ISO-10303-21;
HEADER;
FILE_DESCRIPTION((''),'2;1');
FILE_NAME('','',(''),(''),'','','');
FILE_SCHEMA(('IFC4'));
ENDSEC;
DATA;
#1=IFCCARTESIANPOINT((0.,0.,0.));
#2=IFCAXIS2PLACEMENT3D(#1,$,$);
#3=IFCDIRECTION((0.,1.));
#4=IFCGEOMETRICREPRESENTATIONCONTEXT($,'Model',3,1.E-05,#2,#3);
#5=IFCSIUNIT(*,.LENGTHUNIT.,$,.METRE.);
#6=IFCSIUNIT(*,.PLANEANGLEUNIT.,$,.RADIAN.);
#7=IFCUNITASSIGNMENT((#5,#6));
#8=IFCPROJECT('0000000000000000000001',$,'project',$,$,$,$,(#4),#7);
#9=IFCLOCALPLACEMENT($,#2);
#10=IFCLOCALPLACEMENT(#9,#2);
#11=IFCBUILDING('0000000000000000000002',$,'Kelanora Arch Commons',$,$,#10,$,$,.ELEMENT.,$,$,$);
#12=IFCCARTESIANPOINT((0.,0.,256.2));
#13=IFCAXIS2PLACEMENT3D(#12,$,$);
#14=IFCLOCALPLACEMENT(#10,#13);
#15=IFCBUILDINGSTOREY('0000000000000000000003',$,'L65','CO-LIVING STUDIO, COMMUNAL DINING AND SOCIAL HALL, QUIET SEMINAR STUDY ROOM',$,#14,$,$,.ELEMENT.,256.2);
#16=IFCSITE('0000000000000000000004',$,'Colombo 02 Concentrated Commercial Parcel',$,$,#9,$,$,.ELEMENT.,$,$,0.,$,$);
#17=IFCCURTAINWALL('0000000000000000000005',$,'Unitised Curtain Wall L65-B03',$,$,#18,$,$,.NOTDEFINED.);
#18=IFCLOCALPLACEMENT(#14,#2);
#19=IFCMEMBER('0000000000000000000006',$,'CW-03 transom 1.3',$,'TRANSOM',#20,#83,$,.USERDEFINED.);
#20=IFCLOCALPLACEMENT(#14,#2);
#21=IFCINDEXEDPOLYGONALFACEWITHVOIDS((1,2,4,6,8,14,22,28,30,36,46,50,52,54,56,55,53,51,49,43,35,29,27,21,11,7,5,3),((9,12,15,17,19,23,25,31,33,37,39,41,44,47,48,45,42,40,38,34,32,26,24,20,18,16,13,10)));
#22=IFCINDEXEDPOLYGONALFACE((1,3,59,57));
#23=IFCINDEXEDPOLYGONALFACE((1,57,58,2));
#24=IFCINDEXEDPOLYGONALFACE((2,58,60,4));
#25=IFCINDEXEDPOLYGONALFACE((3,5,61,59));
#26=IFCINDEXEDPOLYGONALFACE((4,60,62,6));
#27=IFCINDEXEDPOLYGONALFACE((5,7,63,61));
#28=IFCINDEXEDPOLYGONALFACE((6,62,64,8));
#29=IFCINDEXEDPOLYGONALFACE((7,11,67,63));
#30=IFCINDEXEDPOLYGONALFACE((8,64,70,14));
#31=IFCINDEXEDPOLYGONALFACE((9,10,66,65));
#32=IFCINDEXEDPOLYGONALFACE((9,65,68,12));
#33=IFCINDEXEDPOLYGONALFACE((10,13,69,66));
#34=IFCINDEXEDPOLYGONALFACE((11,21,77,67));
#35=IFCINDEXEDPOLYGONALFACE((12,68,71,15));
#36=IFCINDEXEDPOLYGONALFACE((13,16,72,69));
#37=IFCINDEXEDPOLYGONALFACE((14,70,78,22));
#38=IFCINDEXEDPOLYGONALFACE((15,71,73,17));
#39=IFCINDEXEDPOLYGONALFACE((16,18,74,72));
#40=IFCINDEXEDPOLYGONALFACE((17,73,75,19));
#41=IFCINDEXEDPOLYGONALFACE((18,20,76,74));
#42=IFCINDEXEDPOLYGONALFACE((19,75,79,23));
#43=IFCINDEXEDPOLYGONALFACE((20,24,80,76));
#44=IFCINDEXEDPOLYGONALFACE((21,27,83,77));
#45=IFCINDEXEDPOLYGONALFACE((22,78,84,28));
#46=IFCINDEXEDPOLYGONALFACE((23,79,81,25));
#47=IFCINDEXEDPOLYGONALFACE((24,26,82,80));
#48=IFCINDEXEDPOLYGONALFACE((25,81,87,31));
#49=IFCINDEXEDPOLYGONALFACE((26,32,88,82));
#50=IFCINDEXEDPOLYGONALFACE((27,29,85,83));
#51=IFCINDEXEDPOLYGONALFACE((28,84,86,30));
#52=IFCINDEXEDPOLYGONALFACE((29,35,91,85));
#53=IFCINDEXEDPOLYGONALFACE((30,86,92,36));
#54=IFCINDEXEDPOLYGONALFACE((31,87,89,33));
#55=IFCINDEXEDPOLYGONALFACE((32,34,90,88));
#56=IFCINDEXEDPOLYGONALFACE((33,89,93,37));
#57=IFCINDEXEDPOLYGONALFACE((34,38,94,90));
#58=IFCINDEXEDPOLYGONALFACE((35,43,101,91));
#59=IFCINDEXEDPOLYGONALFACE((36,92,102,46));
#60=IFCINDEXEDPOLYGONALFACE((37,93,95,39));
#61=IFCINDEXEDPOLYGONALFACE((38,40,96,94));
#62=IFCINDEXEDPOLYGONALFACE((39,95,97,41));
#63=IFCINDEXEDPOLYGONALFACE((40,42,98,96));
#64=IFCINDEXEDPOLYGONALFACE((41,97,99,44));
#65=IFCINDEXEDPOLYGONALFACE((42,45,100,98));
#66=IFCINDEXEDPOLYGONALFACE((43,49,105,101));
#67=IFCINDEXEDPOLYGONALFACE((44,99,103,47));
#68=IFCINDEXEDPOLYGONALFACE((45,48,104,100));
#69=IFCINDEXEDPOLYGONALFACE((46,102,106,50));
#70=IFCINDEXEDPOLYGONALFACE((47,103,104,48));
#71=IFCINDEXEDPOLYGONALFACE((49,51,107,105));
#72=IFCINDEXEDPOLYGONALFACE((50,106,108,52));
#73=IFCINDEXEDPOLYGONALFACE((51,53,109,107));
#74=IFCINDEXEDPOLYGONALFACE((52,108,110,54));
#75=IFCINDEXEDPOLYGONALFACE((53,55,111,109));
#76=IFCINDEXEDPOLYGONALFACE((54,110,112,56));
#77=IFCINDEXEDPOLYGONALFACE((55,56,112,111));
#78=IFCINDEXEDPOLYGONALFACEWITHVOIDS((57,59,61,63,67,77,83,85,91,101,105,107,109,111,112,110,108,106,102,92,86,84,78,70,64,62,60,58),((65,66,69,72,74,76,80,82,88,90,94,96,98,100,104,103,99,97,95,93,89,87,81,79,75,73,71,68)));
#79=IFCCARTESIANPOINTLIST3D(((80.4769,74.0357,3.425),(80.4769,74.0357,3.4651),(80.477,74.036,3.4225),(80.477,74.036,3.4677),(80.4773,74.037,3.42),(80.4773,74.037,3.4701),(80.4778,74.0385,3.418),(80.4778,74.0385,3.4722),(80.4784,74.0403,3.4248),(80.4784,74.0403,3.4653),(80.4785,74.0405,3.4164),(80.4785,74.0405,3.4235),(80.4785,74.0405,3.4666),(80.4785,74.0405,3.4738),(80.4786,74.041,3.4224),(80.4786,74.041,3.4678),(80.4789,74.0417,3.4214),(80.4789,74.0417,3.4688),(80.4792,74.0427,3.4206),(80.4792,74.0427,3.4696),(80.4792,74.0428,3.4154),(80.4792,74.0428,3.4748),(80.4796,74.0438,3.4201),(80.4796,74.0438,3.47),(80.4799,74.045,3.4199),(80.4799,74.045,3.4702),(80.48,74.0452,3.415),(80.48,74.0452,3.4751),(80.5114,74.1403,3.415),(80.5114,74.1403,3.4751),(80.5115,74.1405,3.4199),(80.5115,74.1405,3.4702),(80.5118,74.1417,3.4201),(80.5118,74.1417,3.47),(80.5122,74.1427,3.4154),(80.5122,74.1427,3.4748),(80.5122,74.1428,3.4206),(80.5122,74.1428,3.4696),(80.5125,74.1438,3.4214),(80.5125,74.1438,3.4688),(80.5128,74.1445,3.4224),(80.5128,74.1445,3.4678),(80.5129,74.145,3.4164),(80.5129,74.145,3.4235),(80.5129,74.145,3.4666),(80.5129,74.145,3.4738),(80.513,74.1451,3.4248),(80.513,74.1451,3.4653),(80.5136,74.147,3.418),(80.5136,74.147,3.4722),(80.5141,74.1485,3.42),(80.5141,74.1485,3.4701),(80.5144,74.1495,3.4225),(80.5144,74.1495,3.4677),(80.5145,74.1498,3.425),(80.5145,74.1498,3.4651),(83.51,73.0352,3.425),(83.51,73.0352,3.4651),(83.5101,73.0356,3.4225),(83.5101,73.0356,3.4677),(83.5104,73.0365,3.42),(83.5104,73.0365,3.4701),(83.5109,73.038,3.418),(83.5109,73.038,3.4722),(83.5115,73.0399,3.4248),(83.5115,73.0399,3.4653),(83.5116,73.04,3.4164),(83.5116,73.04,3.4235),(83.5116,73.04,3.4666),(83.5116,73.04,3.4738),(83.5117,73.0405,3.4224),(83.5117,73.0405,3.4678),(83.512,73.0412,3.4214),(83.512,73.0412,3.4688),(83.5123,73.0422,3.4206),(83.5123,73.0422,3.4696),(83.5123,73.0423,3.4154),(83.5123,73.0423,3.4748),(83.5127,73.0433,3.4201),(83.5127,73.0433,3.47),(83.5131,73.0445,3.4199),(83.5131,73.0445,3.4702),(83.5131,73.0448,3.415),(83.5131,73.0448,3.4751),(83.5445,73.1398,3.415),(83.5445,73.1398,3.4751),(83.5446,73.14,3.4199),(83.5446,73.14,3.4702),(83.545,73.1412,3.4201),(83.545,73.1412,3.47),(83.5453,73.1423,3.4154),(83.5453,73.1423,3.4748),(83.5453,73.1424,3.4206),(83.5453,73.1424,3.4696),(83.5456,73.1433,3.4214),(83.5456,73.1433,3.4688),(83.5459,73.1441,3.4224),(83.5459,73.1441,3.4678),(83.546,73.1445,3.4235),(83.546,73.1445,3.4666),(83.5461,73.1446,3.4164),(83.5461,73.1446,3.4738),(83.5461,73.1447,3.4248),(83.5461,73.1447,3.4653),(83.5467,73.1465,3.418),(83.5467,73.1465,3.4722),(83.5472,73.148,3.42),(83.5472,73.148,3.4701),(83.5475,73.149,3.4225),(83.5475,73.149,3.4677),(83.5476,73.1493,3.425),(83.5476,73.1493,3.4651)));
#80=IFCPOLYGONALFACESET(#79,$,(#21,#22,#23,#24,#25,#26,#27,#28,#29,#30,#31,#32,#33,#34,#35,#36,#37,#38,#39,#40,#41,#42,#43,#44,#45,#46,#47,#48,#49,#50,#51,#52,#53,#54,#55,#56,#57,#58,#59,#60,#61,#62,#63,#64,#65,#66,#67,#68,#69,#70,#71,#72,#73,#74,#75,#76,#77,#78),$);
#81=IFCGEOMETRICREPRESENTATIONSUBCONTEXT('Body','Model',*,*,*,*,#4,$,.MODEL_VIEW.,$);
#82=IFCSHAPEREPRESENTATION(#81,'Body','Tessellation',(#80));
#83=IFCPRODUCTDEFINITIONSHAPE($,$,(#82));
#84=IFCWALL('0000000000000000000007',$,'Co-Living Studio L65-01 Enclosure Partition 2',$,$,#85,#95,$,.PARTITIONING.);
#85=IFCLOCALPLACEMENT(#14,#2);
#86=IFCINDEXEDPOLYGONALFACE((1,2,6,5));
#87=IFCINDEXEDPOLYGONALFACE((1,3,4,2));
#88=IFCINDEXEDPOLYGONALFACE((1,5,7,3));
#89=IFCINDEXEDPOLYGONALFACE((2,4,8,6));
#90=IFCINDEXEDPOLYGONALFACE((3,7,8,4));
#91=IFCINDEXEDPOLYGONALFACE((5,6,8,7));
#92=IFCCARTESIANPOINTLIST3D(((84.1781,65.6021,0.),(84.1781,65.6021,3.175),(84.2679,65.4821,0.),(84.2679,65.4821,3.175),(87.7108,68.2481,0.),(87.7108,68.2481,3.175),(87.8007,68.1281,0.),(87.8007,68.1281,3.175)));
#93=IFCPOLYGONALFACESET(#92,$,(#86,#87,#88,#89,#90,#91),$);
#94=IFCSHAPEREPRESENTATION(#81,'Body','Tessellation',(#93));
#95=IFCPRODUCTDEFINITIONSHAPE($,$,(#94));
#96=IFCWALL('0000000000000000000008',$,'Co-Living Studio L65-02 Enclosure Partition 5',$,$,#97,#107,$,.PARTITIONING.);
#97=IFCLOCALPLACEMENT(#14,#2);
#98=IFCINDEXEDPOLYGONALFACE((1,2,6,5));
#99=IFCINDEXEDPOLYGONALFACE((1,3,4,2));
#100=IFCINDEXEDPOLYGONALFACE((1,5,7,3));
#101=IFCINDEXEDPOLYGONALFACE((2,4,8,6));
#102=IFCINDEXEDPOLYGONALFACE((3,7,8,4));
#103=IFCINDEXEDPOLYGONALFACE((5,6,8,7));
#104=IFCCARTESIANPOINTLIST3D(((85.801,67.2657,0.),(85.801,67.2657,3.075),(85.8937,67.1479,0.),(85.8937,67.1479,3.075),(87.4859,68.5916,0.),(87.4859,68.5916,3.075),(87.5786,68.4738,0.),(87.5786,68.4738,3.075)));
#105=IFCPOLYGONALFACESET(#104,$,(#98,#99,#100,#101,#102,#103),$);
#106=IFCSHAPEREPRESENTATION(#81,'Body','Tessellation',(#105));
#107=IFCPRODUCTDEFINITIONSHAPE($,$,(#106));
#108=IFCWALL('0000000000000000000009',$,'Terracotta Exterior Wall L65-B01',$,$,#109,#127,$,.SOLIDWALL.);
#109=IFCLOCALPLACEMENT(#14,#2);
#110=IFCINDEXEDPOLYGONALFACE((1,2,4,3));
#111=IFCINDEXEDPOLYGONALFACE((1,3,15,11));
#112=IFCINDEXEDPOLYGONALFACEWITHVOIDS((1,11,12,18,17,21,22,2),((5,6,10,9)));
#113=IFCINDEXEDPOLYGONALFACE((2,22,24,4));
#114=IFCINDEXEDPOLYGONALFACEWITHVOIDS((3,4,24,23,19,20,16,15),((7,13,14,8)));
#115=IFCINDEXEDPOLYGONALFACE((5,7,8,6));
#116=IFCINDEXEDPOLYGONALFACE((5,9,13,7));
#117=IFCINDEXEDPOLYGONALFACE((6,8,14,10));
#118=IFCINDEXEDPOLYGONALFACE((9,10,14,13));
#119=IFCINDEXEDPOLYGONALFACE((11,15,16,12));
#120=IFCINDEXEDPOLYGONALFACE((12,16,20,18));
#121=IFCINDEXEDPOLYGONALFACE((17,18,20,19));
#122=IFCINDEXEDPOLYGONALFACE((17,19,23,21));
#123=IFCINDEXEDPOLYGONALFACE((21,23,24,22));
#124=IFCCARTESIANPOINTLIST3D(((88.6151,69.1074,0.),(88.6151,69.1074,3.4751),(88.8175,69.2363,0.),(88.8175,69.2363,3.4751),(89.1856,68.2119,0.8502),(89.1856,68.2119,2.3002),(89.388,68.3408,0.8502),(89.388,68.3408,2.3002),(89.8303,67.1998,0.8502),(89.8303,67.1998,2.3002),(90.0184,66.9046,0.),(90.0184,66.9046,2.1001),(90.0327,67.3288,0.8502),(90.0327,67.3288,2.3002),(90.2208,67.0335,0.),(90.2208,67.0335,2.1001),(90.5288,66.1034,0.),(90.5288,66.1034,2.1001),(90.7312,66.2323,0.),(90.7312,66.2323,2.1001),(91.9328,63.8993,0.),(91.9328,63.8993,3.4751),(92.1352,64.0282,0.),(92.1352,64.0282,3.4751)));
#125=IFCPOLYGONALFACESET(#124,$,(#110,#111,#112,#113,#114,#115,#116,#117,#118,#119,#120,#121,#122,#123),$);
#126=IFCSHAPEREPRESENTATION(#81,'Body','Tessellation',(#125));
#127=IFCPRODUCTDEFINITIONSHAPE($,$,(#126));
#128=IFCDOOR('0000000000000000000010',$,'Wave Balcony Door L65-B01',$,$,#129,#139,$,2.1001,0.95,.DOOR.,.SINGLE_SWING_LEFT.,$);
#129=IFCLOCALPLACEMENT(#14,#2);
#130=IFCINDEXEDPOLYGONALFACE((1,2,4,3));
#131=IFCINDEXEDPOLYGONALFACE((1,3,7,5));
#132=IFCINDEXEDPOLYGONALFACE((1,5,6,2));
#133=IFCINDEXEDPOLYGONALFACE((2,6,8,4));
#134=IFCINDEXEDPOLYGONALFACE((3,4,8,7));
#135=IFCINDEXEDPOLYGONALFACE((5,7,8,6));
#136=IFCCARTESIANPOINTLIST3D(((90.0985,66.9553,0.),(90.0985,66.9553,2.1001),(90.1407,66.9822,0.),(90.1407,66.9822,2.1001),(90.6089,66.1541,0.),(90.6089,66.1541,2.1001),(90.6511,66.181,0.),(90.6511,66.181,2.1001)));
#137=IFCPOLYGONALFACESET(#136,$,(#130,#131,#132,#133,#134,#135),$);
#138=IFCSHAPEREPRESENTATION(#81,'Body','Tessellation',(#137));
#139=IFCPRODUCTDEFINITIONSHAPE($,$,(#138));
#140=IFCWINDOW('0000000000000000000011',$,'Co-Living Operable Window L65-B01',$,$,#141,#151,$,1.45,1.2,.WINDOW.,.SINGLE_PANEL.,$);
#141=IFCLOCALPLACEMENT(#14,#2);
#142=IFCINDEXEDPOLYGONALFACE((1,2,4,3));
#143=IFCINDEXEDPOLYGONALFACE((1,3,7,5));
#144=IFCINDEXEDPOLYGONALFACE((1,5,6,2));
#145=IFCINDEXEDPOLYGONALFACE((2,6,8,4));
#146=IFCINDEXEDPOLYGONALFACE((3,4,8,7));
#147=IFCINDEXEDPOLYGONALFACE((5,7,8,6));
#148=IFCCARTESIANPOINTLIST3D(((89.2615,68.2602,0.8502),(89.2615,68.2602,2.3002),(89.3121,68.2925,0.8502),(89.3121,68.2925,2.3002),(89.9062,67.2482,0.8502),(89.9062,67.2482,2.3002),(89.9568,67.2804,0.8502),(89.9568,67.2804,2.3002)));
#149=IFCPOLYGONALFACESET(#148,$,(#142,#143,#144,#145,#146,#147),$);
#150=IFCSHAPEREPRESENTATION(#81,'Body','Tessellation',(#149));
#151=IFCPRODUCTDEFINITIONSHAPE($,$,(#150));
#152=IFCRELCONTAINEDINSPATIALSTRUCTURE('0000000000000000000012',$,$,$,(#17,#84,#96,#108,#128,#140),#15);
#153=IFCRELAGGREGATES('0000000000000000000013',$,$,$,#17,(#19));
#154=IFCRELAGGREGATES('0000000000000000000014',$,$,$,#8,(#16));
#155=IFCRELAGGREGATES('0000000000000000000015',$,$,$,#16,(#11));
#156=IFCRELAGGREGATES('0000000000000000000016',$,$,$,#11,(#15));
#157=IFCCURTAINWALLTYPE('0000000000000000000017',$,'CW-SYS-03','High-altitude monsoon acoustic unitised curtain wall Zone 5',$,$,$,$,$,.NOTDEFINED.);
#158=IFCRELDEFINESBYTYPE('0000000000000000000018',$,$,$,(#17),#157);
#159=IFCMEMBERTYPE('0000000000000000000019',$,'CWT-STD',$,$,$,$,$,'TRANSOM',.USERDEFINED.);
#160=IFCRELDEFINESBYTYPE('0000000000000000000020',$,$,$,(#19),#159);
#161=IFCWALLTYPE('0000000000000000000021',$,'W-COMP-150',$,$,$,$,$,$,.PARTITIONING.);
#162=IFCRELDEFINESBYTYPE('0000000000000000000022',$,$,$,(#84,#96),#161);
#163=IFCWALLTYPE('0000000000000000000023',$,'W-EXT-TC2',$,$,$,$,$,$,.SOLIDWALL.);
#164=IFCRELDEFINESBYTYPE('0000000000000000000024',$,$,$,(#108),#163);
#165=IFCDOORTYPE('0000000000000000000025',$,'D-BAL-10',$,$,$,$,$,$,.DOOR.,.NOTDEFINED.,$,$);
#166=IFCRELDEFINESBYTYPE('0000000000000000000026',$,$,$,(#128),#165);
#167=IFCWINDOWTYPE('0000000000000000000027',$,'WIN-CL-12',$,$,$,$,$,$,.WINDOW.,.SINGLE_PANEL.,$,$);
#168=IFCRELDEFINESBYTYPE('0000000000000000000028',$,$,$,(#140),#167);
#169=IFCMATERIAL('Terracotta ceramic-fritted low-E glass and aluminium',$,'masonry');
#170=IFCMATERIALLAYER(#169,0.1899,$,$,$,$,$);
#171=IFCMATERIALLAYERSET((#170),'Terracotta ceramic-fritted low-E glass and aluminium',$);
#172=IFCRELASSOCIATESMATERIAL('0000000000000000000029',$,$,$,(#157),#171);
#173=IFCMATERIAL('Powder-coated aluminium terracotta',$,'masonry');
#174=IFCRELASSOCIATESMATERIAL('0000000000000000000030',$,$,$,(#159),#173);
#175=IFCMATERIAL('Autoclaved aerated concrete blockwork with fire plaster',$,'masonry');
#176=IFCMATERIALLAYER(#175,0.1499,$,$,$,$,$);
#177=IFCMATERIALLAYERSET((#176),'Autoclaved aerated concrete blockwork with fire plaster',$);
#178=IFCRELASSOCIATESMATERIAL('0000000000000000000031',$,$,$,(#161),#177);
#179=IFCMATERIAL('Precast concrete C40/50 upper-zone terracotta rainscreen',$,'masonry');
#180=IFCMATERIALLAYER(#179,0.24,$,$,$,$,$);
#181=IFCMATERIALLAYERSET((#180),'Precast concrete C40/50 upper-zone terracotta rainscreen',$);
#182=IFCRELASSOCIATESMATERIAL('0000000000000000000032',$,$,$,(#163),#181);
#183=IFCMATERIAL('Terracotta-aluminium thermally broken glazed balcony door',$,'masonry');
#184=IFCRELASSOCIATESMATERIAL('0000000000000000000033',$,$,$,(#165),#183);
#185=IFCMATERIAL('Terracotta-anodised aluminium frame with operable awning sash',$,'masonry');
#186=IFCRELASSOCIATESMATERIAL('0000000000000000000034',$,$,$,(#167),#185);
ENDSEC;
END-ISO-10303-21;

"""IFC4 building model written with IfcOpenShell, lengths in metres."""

from ifc_helpers import new_model, si_unit, direction, frame, frame_2d, origin, origin_2d, place, context, subcontext, project, spatial, rectangle, hollow_rectangle, extrude, material, layer, layer_set, material_profile, profile_set, type_object, element, fill, aggregate, save


model = new_model("IFC4")

# Units and contexts
model_context = context("Model", 3, precision=1e-05, world=origin(), true_north=direction((0.0, 1.0)))
body_context = subcontext(model_context, "Body", "Model", "MODEL_VIEW")
ifc_project = project(units=[si_unit("LENGTHUNIT", "METRE"), si_unit("PLANEANGLEUNIT", "RADIAN")], contexts=[model_context])

# Site, building, storey
site_placement = place(None, origin())
site = spatial("IfcSite", under=ifc_project, at=site_placement, Name="Colombo 02 Concentrated Commercial Parcel", CompositionType="ELEMENT", RefElevation=0.0)
building_placement = place(site_placement, origin())
building = spatial("IfcBuilding", under=site, at=building_placement, Name="Kelanora Arch Commons", CompositionType="ELEMENT")
storey_placement = place(building_placement, frame((0.0, 0.0, 256.2)))
storey = spatial("IfcBuildingStorey", under=building, at=storey_placement, Name="L65", Description="CO-LIVING STUDIO, COMMUNAL DINING AND SOCIAL HALL, QUIET SEMINAR STUDY ROOM", CompositionType="ELEMENT", Elevation=256.2)

# Shared definitions
ifc_material_1 = material(Name="Terracotta ceramic-fritted low-E glass and aluminium", Category="masonry")
ifc_layer_1 = layer(ifc_material_1, 0.1899)
ifc_layer_set_1 = layer_set([ifc_layer_1], Name="Terracotta ceramic-fritted low-E glass and aluminium")
curtain_wall_type = type_object("IfcCurtainWallType", Name="CW-SYS-03", Description="High-altitude monsoon acoustic unitised curtain wall Zone 5", PredefinedType="NOTDEFINED", material=ifc_layer_set_1)
ifc_material_2 = material(Name="Powder-coated aluminium terracotta", Category="masonry")

# Curtain wall, member
curtain_wall_1_placement = place(storey_placement, origin())
curtain_wall_1 = element("IfcCurtainWall", 1, at=curtain_wall_1_placement, inside=storey, type_object=curtain_wall_type, Name="Unitised Curtain Wall L65-B03", PredefinedType="NOTDEFINED")
ifc_material_profile_1 = material_profile(ifc_material_2, hollow_rectangle(XDim=0.1201, YDim=0.0601, WallThickness=0.0049, InnerFilletRadius=0.0049, OuterFilletRadius=0.01, at=origin_2d()), Name="CWT120x60")
ifc_profile_set_1 = profile_set([ifc_material_profile_1], Name="Powder-coated aluminium terracotta")
member_type_1 = type_object("IfcMemberType", Name="CWT-STD", ElementType="TRANSOM", PredefinedType="USERDEFINED", material=ifc_profile_set_1)
member_1_placement = place(storey_placement, frame((83.5288, 73.0923, 3.4451), z_axis=(-0.949672, 0.313245, 0.0), x_axis=(-0.313245, -0.949672, 0.0)))
member_1 = element("IfcMember", 2, at=member_1_placement, type_object=member_type_1, Name="CW-03 transom 1.3", ObjectType="TRANSOM", PredefinedType="USERDEFINED", context=body_context, shape_type="SweptSolid", body=[
    extrude(hollow_rectangle(XDim=0.1201, YDim=0.0601, WallThickness=0.0049, InnerFilletRadius=0.0049, OuterFilletRadius=0.01, at=origin_2d()), origin(), (0.0, 0.0, 1.0), 3.1938),
])
aggregate(curtain_wall_1, [member_1])

# Walls
ifc_material_3 = material(Name="Autoclaved aerated concrete blockwork with fire plaster", Category="masonry")
ifc_layer_2 = layer(ifc_material_3, 0.1499)
ifc_layer_set_2 = layer_set([ifc_layer_2], Name="Autoclaved aerated concrete blockwork with fire plaster")
wall_type_1 = type_object("IfcWallType", Name="W-COMP-150", PredefinedType="PARTITIONING", material=ifc_layer_set_2)
wall_1_placement = place(storey_placement, frame((84.2229, 65.542, 0.0), z_axis=(0.0, 0.0, 1.0), x_axis=(0.800385, 0.599487, 0.0)))
element("IfcWall", 3, at=wall_1_placement, inside=storey, type_object=wall_type_1, Name="Co-Living Studio L65-01 Enclosure Partition 2", PredefinedType="PARTITIONING", context=body_context, shape_type="SweptSolid", body=[
    extrude(rectangle(XDim=4.4138, YDim=0.1499, at=frame_2d((2.207, 0.0))), origin(), (0.0, 0.0, 1.0), 3.175),
])
wall_2_placement = place(storey_placement, frame((87.5322, 68.5327, 0.0), z_axis=(0.0, 0.0, 1.0), x_axis=(-0.785832, -0.61844, 0.0)))
element("IfcWall", 4, at=wall_2_placement, inside=storey, type_object=wall_type_1, Name="Co-Living Studio L65-02 Enclosure Partition 5", PredefinedType="PARTITIONING", context=body_context, shape_type="SweptSolid", body=[
    extrude(rectangle(XDim=2.144, YDim=0.1499, at=frame_2d((1.072, 0.0))), origin(), (0.0, 0.0, 1.0), 3.075),
])

# Wall, openings, door, window
ifc_material_4 = material(Name="Precast concrete C40/50 upper-zone terracotta rainscreen", Category="masonry")
ifc_layer_3 = layer(ifc_material_4, 0.24)
ifc_layer_set_3 = layer_set([ifc_layer_3], Name="Precast concrete C40/50 upper-zone terracotta rainscreen")
wall_type_2 = type_object("IfcWallType", Name="W-EXT-TC2", PredefinedType="SOLIDWALL", material=ifc_layer_set_3)
wall_3_placement = place(storey_placement, frame((92.0339, 63.9639, 0.0), z_axis=(0.0, 0.0, 1.0), x_axis=(-0.537272, 0.843409, 0.0)))
wall_3 = element("IfcWall", 5, at=wall_3_placement, inside=storey, type_object=wall_type_2, Name="Terracotta Exterior Wall L65-B01", PredefinedType="SOLIDWALL", context=body_context, shape_type="SweptSolid", body=[
    extrude(rectangle(XDim=6.175, YDim=0.24, at=frame_2d((3.0874, 0.0))), origin(), (0.0, 0.0, 1.0), 3.4751),
])
opening_1_placement = place(wall_3_placement, frame((2.613, 0.0, 0.0)))
opening_1 = element("IfcOpeningElement", 6, at=opening_1_placement, cuts=wall_3, PredefinedType="OPENING", context=body_context, shape_type="SweptSolid", body=[
    extrude(rectangle(XDim=0.95, YDim=2.1001, at=frame_2d((0.4751, 1.05))), frame((0.0, 0.1299, 0.0), z_axis=(0.0, -1.0, 0.0), x_axis=(1.0, 0.0, 0.0)), (0.0, 0.0, 1.0), 0.26),
])
opening_2_placement = place(wall_3_placement, frame((3.9131, 0.0, 0.8501)))
opening_2 = element("IfcOpeningElement", 7, at=opening_2_placement, cuts=wall_3, PredefinedType="OPENING", context=body_context, shape_type="SweptSolid", body=[
    extrude(rectangle(XDim=1.2, YDim=1.45, at=frame_2d((0.6001, 0.7251))), frame((0.0, 0.1299, 0.0), z_axis=(0.0, -1.0, 0.0), x_axis=(1.0, 0.0, 0.0)), (0.0, 0.0, 1.0), 0.26),
])
ifc_material_5 = material(Name="Terracotta-aluminium thermally broken glazed balcony door", Category="masonry")
door_type = type_object("IfcDoorType", Name="D-BAL-10", OperationType="NOTDEFINED", PredefinedType="DOOR", material=ifc_material_5)
door_1_placement = place(opening_1_placement, frame((0.95, 0.0, 0.0), z_axis=(0.0, 0.0, 1.0), x_axis=(-1.0, 0.0, 0.0)))
door_1 = element("IfcDoor", 8, at=door_1_placement, inside=storey, type_object=door_type, Name="Wave Balcony Door L65-B01", OperationType="SINGLE_SWING_LEFT", OverallHeight=2.1001, OverallWidth=0.95, PredefinedType="DOOR", context=body_context, shape_type="SweptSolid", body=[
    extrude(rectangle(XDim=0.95, YDim=2.1001, at=frame_2d((0.4751, 1.05))), frame((0.0, 0.0249, 0.0), z_axis=(0.0, -1.0, 0.0), x_axis=(1.0, 0.0, 0.0)), (0.0, 0.0, 1.0), 0.05),
])
fill(opening_1, door_1)
ifc_material_6 = material(Name="Terracotta-anodised aluminium frame with operable awning sash", Category="masonry")
window_type = type_object("IfcWindowType", Name="WIN-CL-12", PartitioningType="SINGLE_PANEL", PredefinedType="WINDOW", material=ifc_material_6)
window_1_placement = place(opening_2_placement, origin())
window_1 = element("IfcWindow", 9, at=window_1_placement, inside=storey, type_object=window_type, Name="Co-Living Operable Window L65-B01", OverallHeight=1.45, OverallWidth=1.2, PartitioningType="SINGLE_PANEL", PredefinedType="WINDOW", context=body_context, shape_type="SweptSolid", body=[
    extrude(rectangle(XDim=1.2, YDim=1.45, at=frame_2d((0.6001, 0.7251))), frame((0.0, 0.03, 0.0), z_axis=(0.0, -1.0, 0.0), x_axis=(1.0, 0.0, 0.0)), (0.0, 0.0, 1.0), 0.0601),
])
fill(opening_2, window_1)

save(model, "model.ifc")
